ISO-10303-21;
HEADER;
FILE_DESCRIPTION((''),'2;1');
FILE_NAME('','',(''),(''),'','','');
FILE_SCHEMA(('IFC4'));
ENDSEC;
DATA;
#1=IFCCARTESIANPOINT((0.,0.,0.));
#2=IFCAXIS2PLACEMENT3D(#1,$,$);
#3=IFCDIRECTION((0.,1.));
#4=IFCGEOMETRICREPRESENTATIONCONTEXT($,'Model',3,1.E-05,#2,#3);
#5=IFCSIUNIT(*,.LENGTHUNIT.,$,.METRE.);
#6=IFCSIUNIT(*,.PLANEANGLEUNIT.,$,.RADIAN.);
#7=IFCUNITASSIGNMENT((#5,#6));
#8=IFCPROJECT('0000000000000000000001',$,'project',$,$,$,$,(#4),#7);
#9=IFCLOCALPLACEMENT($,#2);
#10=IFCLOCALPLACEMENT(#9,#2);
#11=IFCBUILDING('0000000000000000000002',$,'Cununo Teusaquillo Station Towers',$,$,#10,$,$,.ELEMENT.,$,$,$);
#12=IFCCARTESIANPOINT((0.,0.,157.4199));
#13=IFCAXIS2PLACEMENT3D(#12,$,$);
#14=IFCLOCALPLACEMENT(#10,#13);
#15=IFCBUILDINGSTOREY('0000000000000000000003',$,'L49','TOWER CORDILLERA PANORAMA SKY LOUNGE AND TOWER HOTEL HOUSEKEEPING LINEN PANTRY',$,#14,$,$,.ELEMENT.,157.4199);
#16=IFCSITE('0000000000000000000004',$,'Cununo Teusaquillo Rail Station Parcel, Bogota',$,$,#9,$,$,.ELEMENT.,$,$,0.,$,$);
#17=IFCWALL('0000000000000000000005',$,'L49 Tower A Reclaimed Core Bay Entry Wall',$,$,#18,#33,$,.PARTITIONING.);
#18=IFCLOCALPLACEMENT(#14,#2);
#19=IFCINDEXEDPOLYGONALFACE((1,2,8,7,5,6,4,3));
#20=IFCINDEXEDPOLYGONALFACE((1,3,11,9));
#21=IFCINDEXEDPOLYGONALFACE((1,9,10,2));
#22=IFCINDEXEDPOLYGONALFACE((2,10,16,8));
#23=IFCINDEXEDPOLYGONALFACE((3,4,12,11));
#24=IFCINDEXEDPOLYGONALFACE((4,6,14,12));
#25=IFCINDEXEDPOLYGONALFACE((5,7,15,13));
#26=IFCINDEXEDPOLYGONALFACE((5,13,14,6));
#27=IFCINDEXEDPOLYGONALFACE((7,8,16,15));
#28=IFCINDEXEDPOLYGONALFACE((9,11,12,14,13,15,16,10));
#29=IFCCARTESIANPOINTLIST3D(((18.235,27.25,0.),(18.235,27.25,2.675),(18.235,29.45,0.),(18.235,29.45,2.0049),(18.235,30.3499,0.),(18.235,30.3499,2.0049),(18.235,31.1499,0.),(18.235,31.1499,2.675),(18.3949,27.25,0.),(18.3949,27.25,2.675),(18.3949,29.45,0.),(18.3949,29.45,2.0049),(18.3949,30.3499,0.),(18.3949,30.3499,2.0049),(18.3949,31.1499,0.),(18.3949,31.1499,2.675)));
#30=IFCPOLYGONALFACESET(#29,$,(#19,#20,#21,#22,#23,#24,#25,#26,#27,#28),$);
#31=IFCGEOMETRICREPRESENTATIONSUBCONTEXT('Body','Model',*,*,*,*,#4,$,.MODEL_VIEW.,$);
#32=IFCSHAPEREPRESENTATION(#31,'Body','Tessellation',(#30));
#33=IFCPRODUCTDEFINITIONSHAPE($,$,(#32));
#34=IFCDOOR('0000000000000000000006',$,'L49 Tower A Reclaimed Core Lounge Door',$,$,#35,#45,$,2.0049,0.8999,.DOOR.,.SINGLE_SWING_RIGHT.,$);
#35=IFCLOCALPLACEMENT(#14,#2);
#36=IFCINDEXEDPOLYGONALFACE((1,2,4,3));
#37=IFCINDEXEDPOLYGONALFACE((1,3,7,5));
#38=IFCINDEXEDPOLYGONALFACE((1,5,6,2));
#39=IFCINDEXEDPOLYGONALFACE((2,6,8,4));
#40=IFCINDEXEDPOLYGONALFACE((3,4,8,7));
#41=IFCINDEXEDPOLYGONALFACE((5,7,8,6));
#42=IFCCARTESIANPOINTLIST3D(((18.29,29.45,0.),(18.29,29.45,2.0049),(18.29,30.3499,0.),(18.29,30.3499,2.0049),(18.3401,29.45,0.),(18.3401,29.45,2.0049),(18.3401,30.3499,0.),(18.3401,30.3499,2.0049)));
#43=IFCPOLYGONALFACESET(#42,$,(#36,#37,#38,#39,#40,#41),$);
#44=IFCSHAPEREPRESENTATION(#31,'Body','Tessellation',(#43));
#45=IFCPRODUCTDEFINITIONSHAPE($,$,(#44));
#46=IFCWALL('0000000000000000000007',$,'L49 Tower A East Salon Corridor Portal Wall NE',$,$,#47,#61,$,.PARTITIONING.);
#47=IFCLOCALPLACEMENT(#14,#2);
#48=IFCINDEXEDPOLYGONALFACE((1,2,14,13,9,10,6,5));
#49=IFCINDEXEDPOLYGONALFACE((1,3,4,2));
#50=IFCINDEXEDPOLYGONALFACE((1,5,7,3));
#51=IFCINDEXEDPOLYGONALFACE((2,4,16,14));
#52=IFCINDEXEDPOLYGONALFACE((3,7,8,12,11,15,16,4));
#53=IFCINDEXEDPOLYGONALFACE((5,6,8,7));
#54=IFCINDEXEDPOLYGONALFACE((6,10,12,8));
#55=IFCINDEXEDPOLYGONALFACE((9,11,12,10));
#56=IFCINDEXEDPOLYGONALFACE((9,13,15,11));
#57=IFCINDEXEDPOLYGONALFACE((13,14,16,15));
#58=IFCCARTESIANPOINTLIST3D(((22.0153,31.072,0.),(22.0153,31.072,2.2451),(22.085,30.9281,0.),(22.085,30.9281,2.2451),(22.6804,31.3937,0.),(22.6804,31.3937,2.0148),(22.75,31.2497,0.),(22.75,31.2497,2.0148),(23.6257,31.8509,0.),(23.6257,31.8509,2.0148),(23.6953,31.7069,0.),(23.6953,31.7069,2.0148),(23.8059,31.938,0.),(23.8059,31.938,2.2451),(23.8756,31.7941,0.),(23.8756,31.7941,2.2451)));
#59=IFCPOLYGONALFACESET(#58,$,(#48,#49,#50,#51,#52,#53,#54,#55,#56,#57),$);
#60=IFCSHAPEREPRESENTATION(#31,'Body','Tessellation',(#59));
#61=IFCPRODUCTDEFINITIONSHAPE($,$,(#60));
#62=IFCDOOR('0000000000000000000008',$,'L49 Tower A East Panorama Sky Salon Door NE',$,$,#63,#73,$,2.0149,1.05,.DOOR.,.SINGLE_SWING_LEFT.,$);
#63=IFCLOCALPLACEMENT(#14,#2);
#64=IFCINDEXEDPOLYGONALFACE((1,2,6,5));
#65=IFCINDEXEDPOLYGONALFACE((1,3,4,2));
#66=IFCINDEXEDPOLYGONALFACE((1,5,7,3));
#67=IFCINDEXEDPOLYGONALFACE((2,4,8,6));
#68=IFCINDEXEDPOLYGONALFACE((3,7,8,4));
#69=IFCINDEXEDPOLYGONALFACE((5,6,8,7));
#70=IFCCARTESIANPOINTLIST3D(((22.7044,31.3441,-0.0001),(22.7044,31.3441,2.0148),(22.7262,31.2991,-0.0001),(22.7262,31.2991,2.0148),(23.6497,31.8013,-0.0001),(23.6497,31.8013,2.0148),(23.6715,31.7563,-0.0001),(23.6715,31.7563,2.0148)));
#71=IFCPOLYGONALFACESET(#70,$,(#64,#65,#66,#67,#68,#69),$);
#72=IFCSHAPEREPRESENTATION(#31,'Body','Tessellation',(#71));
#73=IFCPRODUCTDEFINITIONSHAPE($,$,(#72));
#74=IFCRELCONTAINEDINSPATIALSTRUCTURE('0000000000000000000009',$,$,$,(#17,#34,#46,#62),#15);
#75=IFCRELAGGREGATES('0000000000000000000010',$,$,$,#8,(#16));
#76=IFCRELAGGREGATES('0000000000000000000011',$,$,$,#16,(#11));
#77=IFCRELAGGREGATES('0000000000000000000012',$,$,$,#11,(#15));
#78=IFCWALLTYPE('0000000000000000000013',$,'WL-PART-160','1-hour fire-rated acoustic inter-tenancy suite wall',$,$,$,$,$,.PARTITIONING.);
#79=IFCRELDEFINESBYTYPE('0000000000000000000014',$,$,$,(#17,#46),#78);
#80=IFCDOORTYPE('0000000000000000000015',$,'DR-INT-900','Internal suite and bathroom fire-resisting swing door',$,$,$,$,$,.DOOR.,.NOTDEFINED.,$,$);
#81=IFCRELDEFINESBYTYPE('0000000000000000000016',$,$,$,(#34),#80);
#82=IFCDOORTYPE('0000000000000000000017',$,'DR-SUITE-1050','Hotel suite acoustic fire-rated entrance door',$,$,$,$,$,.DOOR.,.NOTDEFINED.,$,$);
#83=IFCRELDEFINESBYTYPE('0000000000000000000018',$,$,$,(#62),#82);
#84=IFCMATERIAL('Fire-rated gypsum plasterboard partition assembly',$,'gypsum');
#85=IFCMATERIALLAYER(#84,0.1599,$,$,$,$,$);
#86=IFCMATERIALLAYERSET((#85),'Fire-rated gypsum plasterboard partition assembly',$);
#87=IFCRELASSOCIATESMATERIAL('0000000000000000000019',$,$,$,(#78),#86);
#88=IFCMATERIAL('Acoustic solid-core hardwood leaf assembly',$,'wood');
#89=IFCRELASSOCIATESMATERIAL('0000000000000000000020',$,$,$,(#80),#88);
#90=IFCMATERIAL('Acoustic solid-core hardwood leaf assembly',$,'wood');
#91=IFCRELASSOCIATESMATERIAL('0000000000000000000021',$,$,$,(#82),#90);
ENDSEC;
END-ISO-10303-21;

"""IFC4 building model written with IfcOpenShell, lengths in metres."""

from ifc_helpers import new_model, si_unit, direction, frame, frame_2d, origin, place, context, subcontext, project, spatial, rectangle, extrude, source, transform, mapped, material, layer, layer_set, type_object, element, fill, save


model = new_model("IFC4")

# Units and contexts
model_context = context("Model", 3, precision=1e-05, world=origin(), true_north=direction((0.0, 1.0)))
body_context = subcontext(model_context, "Body", "Model", "MODEL_VIEW")
ifc_project = project(units=[si_unit("LENGTHUNIT", "METRE"), si_unit("PLANEANGLEUNIT", "RADIAN")], contexts=[model_context])

# Site, building, storey
site_placement = place(None, origin())
site = spatial("IfcSite", under=ifc_project, at=site_placement, Name="Cununo Teusaquillo Rail Station Parcel, Bogota", CompositionType="ELEMENT", RefElevation=0.0)
building_placement = place(site_placement, origin())
building = spatial("IfcBuilding", under=site, at=building_placement, Name="Cununo Teusaquillo Station Towers", CompositionType="ELEMENT")
storey_placement = place(building_placement, frame((0.0, 0.0, 157.4199)))
storey = spatial("IfcBuildingStorey", under=building, at=storey_placement, Name="L49", Description="TOWER CORDILLERA PANORAMA SKY LOUNGE AND TOWER HOTEL HOUSEKEEPING LINEN PANTRY", CompositionType="ELEMENT", Elevation=157.4199)

# Walls, openings, doors
ifc_material_1 = material(Name="Fire-rated gypsum plasterboard partition assembly", Category="gypsum")
ifc_layer_1 = layer(ifc_material_1, 0.1599)
ifc_layer_set_1 = layer_set([ifc_layer_1], Name="Fire-rated gypsum plasterboard partition assembly")
wall_type = type_object("IfcWallType", Name="WL-PART-160", Description="1-hour fire-rated acoustic inter-tenancy suite wall", PredefinedType="PARTITIONING", material=ifc_layer_set_1)
wall_1_placement = place(storey_placement, frame((18.3149, 27.25, 0.0), z_axis=(0.0, 0.0, 1.0), x_axis=(0.0, 1.0, 0.0)))
wall_1 = element("IfcWall", 1, at=wall_1_placement, inside=storey, type_object=wall_type, Name="L49 Tower A Reclaimed Core Bay Entry Wall", PredefinedType="PARTITIONING", context=body_context, shape_type="SweptSolid", body=[
    extrude(rectangle(XDim=3.8999, YDim=0.1599, at=frame_2d((1.95, 0.0))), origin(), (0.0, 0.0, 1.0), 2.675),
])
shared_shape_1 = source(origin(), body_context, "Body", "SweptSolid", [
    extrude(rectangle(XDim=0.8999, YDim=2.0049, at=frame_2d((0.45, 1.0024))), frame((0.0, 0.0898, 0.0), z_axis=(0.0, -1.0, 0.0), x_axis=(1.0, 0.0, 0.0)), (0.0, 0.0, 1.0), 0.1799),
])
opening_1_placement = place(wall_1_placement, frame((2.2, 0.0, 0.0)))
opening_1 = element("IfcOpeningElement", 2, at=opening_1_placement, cuts=wall_1, PredefinedType="OPENING", context=body_context, shape_type="MappedRepresentation", body=[
    mapped(shared_shape_1, transform((0.0, 0.0, 0.0), x_axis=(1.0, 0.0, 0.0), y_axis=(0.0, 1.0, 0.0), z_axis=(0.0, 0.0, 1.0), scale=1.0)),
])
ifc_material_2 = material(Name="Acoustic solid-core hardwood leaf assembly", Category="wood")
door_type_1 = type_object("IfcDoorType", Name="DR-INT-900", Description="Internal suite and bathroom fire-resisting swing door", OperationType="NOTDEFINED", PredefinedType="DOOR", material=ifc_material_2)
shared_shape_2 = source(origin(), body_context, "Body", "SweptSolid", [
    extrude(rectangle(XDim=0.8999, YDim=2.0049, at=frame_2d((0.45, 1.0024))), frame((0.0, 0.0249, 0.0), z_axis=(0.0, -1.0, 0.0), x_axis=(1.0, 0.0, 0.0)), (0.0, 0.0, 1.0), 0.05),
])
door_1_placement = place(opening_1_placement, origin())
door_1 = element("IfcDoor", 3, at=door_1_placement, inside=storey, type_object=door_type_1, Name="L49 Tower A Reclaimed Core Lounge Door", OperationType="SINGLE_SWING_RIGHT", OverallHeight=2.0049, OverallWidth=0.8999, PredefinedType="DOOR", context=body_context, shape_type="MappedRepresentation", body=[
    mapped(shared_shape_2, transform((0.0, 0.0, 0.0), x_axis=(1.0, 0.0, 0.0), y_axis=(0.0, 1.0, 0.0), z_axis=(0.0, 0.0, 1.0), scale=1.0)),
])
fill(opening_1, door_1)
wall_2_placement = place(storey_placement, frame((22.05, 31.0, 0.0), z_axis=(0.0, 0.0, 1.0), x_axis=(0.900242, 0.435391, 0.0)))
wall_2 = element("IfcWall", 4, at=wall_2_placement, inside=storey, type_object=wall_type, Name="L49 Tower A East Salon Corridor Portal Wall NE", PredefinedType="PARTITIONING", context=body_context, shape_type="SweptSolid", body=[
    extrude(rectangle(XDim=1.989, YDim=0.1599, at=frame_2d((0.9946, 0.0))), origin(), (0.0, 0.0, 1.0), 2.2451),
])
shared_shape_3 = source(origin(), body_context, "Body", "SweptSolid", [
    extrude(rectangle(XDim=1.05, YDim=2.0149, at=frame_2d((0.5249, 1.0073))), frame((0.0, 0.0898, 0.0), z_axis=(0.0, -1.0, 0.0), x_axis=(1.0, 0.0, 0.0)), (0.0, 0.0, 1.0), 0.1799),
])
opening_2_placement = place(wall_2_placement, frame((0.739, 0.0, 0.0)))
opening_2 = element("IfcOpeningElement", 5, at=opening_2_placement, cuts=wall_2, PredefinedType="OPENING", context=body_context, shape_type="MappedRepresentation", body=[
    mapped(shared_shape_3, transform((0.0, 0.0, 0.0), x_axis=(1.0, 0.0, 0.0), y_axis=(0.0, 1.0, 0.0), z_axis=(0.0, 0.0, 1.0), scale=1.0)),
])
ifc_material_3 = material(Name="Acoustic solid-core hardwood leaf assembly", Category="wood")
door_type_2 = type_object("IfcDoorType", Name="DR-SUITE-1050", Description="Hotel suite acoustic fire-rated entrance door", OperationType="NOTDEFINED", PredefinedType="DOOR", material=ifc_material_3)
shared_shape_4 = source(origin(), body_context, "Body", "SweptSolid", [
    extrude(rectangle(XDim=1.05, YDim=2.0149, at=frame_2d((0.5249, 1.0073))), frame((0.0, 0.0249, 0.0), z_axis=(0.0, -1.0, 0.0), x_axis=(1.0, 0.0, 0.0)), (0.0, 0.0, 1.0), 0.05),
])
door_2_placement = place(opening_2_placement, origin())
door_2 = element("IfcDoor", 6, at=door_2_placement, inside=storey, type_object=door_type_2, Name="L49 Tower A East Panorama Sky Salon Door NE", OperationType="SINGLE_SWING_LEFT", OverallHeight=2.0149, OverallWidth=1.05, PredefinedType="DOOR", context=body_context, shape_type="MappedRepresentation", body=[
    mapped(shared_shape_4, transform((0.0, 0.0, 0.0), x_axis=(1.0, 0.0, 0.0), y_axis=(0.0, 1.0, 0.0), z_axis=(0.0, 0.0, 1.0), scale=1.0)),
])
fill(opening_2, door_2)

save(model, "model.ifc")
